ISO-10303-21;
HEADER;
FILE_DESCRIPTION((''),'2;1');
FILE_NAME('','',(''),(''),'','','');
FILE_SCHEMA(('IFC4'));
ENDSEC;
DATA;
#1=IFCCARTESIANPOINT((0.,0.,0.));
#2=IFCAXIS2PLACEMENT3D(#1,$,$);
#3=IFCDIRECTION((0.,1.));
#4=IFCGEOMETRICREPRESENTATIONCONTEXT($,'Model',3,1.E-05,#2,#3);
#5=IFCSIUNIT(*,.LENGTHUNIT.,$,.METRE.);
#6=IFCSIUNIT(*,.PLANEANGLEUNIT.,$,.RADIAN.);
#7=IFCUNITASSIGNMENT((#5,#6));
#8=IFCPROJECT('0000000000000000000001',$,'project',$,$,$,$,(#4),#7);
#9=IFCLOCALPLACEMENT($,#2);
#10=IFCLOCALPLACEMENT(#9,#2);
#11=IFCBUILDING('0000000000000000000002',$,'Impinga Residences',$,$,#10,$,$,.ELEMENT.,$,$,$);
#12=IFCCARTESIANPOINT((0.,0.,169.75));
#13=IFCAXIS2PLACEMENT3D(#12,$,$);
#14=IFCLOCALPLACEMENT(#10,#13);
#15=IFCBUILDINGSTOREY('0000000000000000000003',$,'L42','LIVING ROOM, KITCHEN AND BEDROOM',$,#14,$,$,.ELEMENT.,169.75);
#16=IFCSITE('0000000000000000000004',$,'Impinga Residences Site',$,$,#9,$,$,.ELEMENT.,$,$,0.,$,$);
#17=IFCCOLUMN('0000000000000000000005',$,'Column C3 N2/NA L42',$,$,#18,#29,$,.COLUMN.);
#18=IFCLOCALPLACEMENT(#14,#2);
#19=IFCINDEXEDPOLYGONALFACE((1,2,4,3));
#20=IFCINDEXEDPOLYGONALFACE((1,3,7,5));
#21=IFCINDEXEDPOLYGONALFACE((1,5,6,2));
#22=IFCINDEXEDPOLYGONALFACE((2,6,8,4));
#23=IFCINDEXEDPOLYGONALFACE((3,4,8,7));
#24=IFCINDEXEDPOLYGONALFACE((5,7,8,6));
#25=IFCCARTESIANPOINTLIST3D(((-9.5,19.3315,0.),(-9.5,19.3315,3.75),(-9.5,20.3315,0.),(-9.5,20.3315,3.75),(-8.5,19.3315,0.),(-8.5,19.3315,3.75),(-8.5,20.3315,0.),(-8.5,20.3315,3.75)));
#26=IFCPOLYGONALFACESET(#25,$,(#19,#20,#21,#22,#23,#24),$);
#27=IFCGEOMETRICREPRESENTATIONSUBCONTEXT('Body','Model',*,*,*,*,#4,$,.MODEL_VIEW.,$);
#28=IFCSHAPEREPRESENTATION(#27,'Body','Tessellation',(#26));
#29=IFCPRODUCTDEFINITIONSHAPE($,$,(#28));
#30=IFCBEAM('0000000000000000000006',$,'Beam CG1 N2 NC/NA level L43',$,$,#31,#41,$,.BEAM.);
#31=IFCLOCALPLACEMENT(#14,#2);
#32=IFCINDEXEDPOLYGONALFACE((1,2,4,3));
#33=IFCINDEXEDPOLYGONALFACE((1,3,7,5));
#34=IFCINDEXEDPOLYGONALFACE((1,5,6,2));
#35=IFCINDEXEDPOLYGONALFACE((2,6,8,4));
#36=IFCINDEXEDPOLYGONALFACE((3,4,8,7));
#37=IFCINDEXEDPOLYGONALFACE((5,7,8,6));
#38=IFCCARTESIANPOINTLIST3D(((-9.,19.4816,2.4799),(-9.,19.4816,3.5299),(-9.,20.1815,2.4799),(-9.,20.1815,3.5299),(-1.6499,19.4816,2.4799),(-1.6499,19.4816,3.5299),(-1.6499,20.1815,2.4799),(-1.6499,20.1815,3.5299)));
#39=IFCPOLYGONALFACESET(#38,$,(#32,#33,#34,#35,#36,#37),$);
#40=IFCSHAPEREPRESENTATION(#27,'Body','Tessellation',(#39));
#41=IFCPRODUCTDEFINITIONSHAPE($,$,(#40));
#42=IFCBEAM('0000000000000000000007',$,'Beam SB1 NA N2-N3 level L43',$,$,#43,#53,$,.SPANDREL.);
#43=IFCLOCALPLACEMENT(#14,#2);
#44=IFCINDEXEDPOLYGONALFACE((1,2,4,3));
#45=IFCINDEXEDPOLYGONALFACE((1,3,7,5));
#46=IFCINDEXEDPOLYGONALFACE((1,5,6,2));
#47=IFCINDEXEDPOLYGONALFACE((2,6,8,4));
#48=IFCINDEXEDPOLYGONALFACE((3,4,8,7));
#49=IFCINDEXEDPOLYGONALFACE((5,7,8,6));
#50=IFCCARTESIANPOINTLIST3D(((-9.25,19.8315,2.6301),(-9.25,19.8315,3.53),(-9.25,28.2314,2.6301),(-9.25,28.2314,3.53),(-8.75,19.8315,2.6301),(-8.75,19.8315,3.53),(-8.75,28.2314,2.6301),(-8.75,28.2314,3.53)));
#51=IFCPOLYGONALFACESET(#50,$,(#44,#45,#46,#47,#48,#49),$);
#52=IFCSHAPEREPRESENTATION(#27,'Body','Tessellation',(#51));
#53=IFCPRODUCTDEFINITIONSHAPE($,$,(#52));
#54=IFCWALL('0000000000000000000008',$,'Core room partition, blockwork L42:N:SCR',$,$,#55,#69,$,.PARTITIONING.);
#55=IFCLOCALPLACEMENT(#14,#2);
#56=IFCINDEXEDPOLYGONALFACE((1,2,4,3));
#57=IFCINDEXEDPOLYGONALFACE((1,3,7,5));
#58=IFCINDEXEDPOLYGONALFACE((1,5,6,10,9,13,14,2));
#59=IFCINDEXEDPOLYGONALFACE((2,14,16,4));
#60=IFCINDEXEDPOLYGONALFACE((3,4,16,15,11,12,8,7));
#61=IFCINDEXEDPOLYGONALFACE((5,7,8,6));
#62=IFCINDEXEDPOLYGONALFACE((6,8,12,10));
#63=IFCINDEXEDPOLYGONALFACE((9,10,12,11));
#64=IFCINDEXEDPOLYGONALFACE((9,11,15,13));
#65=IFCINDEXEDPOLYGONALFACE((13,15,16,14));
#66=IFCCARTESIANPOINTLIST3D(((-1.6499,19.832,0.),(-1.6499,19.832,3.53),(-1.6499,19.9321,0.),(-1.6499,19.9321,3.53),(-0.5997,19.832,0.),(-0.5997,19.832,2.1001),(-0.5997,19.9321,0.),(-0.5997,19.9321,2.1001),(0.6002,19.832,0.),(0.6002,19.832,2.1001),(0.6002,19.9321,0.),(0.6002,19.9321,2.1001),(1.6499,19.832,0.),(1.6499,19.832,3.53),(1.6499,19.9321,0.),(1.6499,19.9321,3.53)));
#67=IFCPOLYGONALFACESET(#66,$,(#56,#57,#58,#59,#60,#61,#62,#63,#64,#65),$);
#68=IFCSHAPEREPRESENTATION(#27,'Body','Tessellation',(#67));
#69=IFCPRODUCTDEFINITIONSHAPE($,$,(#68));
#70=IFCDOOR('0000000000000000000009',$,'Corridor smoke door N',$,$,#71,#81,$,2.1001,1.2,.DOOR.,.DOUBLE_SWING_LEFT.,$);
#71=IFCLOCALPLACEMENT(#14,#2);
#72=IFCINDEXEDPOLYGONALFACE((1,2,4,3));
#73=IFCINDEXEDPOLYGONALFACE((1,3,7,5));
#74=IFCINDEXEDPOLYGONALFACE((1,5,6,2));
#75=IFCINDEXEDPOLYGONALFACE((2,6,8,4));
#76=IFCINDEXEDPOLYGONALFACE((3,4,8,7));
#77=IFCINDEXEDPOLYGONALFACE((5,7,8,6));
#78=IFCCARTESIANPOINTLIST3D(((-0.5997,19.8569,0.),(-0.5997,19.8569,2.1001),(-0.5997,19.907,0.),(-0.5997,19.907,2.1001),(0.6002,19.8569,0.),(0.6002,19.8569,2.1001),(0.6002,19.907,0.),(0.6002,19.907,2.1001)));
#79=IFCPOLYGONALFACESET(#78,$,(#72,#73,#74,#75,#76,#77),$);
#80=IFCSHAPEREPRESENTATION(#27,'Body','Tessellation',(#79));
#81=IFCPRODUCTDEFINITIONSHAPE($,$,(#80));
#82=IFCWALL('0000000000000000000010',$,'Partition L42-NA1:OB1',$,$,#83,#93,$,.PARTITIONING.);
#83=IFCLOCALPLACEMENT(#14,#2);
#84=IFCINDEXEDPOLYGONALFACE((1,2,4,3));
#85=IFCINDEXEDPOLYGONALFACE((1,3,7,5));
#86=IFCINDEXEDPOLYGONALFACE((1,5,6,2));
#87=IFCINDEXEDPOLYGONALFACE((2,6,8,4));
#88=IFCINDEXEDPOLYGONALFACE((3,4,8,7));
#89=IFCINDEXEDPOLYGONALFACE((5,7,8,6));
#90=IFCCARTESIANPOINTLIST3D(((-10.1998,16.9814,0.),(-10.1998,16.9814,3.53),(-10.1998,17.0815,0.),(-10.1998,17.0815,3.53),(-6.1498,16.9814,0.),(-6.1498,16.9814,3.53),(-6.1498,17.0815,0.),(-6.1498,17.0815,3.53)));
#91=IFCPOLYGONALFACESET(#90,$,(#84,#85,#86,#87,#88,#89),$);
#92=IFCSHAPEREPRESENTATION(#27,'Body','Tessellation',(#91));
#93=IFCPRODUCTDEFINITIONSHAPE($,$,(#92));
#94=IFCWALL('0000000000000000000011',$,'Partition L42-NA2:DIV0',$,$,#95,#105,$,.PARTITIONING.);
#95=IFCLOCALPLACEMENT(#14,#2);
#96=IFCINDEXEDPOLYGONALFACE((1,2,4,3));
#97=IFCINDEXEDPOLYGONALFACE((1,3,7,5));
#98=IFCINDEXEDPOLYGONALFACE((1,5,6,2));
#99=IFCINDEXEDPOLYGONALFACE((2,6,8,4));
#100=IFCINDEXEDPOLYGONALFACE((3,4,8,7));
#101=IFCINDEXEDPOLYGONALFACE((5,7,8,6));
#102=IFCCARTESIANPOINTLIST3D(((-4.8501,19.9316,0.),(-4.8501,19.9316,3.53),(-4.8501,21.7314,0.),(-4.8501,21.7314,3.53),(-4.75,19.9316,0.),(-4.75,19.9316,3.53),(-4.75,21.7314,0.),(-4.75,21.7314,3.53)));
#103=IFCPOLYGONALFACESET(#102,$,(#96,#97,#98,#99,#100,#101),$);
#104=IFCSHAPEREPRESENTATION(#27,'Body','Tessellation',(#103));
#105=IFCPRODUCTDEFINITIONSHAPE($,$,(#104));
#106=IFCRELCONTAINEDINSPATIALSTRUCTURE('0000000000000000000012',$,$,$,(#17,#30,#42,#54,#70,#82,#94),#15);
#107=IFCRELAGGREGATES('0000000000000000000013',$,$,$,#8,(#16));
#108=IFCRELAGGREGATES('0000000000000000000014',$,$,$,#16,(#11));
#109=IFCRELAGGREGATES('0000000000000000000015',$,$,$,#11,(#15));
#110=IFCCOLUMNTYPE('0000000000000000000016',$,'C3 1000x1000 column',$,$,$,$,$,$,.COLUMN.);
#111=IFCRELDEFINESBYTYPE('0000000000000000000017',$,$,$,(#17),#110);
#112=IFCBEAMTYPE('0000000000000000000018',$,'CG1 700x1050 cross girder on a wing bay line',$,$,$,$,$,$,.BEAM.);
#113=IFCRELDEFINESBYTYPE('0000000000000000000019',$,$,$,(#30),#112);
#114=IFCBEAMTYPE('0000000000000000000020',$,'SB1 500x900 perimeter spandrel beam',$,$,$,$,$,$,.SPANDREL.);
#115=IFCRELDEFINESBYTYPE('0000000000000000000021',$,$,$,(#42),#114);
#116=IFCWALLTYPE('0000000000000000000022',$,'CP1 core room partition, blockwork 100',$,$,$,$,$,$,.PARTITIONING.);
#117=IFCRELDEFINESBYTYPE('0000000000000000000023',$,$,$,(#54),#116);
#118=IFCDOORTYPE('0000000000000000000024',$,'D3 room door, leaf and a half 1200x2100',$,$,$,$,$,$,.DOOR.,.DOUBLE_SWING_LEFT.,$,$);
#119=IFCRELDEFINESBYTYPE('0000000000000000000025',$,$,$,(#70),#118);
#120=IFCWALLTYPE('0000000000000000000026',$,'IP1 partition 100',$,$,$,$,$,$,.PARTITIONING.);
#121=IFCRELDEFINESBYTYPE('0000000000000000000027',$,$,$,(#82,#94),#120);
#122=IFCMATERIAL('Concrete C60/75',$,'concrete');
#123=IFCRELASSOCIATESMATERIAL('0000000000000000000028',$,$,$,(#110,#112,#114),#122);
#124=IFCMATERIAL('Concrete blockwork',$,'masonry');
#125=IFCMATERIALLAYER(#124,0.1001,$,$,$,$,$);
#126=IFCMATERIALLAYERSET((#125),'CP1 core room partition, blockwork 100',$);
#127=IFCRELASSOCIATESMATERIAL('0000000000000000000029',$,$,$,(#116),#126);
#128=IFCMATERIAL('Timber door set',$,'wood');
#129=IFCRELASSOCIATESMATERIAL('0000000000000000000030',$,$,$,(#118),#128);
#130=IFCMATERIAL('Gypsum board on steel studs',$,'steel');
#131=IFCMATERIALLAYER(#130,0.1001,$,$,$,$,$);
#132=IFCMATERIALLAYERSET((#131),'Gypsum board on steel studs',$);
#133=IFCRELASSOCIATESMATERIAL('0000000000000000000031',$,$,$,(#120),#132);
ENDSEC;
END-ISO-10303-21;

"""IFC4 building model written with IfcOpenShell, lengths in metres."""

from ifc_helpers import new_model, si_unit, direction, frame, frame_2d, origin, origin_2d, place, context, subcontext, project, spatial, rectangle, extrude, material, layer, layer_set, material_profile, profile_set, type_object, element, fill, save


model = new_model("IFC4")

# Units and contexts
model_context = context("Model", 3, precision=1e-05, world=origin(), true_north=direction((0.0, 1.0)))
body_context = subcontext(model_context, "Body", "Model", "MODEL_VIEW")
ifc_project = project(units=[si_unit("LENGTHUNIT", "METRE"), si_unit("PLANEANGLEUNIT", "RADIAN")], contexts=[model_context])

# Site, building, storey
site_placement = place(None, origin())
site = spatial("IfcSite", under=ifc_project, at=site_placement, Name="Impinga Residences Site", CompositionType="ELEMENT", RefElevation=0.0)
building_placement = place(site_placement, origin())
building = spatial("IfcBuilding", under=site, at=building_placement, Name="Impinga Residences", CompositionType="ELEMENT")
storey_placement = place(building_placement, frame((0.0, 0.0, 169.75)))
storey = spatial("IfcBuildingStorey", under=building, at=storey_placement, Name="L42", Description="LIVING ROOM, KITCHEN AND BEDROOM", CompositionType="ELEMENT", Elevation=169.75)

# Column
ifc_material_1 = material(Name="Concrete C60/75", Category="concrete")
ifc_material_profile_1 = material_profile(ifc_material_1, rectangle(XDim=1.0, YDim=1.0, at=origin_2d()), Name="RC 1000x1000")
ifc_profile_set_1 = profile_set([ifc_material_profile_1], Name="Concrete C60/75")
column_type = type_object("IfcColumnType", Name="C3 1000x1000 column", PredefinedType="COLUMN", material=ifc_profile_set_1)
column_placement = place(storey_placement, frame((-9.0, 19.8315, 0.0), z_axis=(0.0, 0.0, 1.0), x_axis=(1.0, 0.0, 0.0)))
element("IfcColumn", 1, at=column_placement, inside=storey, type_object=column_type, Name="Column C3 N2/NA L42", PredefinedType="COLUMN", context=body_context, shape_type="SweptSolid", body=[
    extrude(rectangle(XDim=1.0, YDim=1.0, at=origin_2d()), origin(), (0.0, 0.0, 1.0), 3.75),
])

# Beams
ifc_material_profile_2 = material_profile(ifc_material_1, rectangle(XDim=0.7, YDim=1.05, at=origin_2d()), Name="RC 700x1050")
ifc_profile_set_2 = profile_set([ifc_material_profile_2], Name="Concrete C60/75")
beam_type_1 = type_object("IfcBeamType", Name="CG1 700x1050 cross girder on a wing bay line", PredefinedType="BEAM", material=ifc_profile_set_2)
beam_1_placement = place(storey_placement, frame((-1.6499, 19.8315, 3.0049), z_axis=(-1.0, 0.0, 0.0), x_axis=(0.0, -1.0, 0.0)))
element("IfcBeam", 2, at=beam_1_placement, inside=storey, type_object=beam_type_1, Name="Beam CG1 N2 NC/NA level L43", PredefinedType="BEAM", context=body_context, shape_type="SweptSolid", body=[
    extrude(rectangle(XDim=0.7, YDim=1.05, at=origin_2d()), origin(), (0.0, 0.0, 1.0), 7.3501),
])
ifc_material_profile_3 = material_profile(ifc_material_1, rectangle(XDim=0.5, YDim=0.8999, at=origin_2d()), Name="RC 500x900")
ifc_profile_set_3 = profile_set([ifc_material_profile_3], Name="Concrete C60/75")
beam_type_2 = type_object("IfcBeamType", Name="SB1 500x900 perimeter spandrel beam", PredefinedType="SPANDREL", material=ifc_profile_set_3)
beam_2_placement = place(storey_placement, frame((-9.0, 19.8315, 3.0801), z_axis=(0.0, 1.0, 0.0), x_axis=(-1.0, 0.0, 0.0)))
element("IfcBeam", 3, at=beam_2_placement, inside=storey, type_object=beam_type_2, Name="Beam SB1 NA N2-N3 level L43", PredefinedType="SPANDREL", context=body_context, shape_type="SweptSolid", body=[
    extrude(rectangle(XDim=0.5, YDim=0.8999, at=origin_2d()), origin(), (0.0, 0.0, 1.0), 8.3999),
])

# Wall, opening, door
ifc_material_2 = material(Name="Concrete blockwork", Category="masonry")
ifc_layer_1 = layer(ifc_material_2, 0.1001)
ifc_layer_set_1 = layer_set([ifc_layer_1], Name="CP1 core room partition, blockwork 100")
wall_type_1 = type_object("IfcWallType", Name="CP1 core room partition, blockwork 100", PredefinedType="PARTITIONING", material=ifc_layer_set_1)
wall_1_placement = place(storey_placement, frame((-1.6499, 19.8821, 0.0), z_axis=(0.0, 0.0, 1.0), x_axis=(1.0, 0.0, 0.0)))
wall_1 = element("IfcWall", 4, at=wall_1_placement, inside=storey, type_object=wall_type_1, Name="Core room partition, blockwork L42:N:SCR", PredefinedType="PARTITIONING", context=body_context, shape_type="SweptSolid", body=[
    extrude(rectangle(XDim=3.2998, YDim=0.1001, at=frame_2d((1.6499, 0.0))), origin(), (0.0, 0.0, 1.0), 3.53),
])
opening_1_placement = place(wall_1_placement, frame((1.05, 0.0, 0.0)))
opening_1 = element("IfcOpeningElement", 5, at=opening_1_placement, cuts=wall_1, PredefinedType="OPENING", context=body_context, shape_type="SweptSolid", body=[
    extrude(rectangle(XDim=1.2, YDim=2.1001, at=frame_2d((0.6001, 1.05))), frame((0.0, 0.0601, 0.0), z_axis=(0.0, -1.0, 0.0), x_axis=(1.0, 0.0, 0.0)), (0.0, 0.0, 1.0), 0.1201),
])
ifc_material_3 = material(Name="Timber door set", Category="wood")
door_type_1 = type_object("IfcDoorType", Name="D3 room door, leaf and a half 1200x2100", OperationType="DOUBLE_SWING_LEFT", PredefinedType="DOOR", material=ifc_material_3)
door_1_placement = place(opening_1_placement, origin())
door_1 = element("IfcDoor", 6, at=door_1_placement, inside=storey, type_object=door_type_1, Name="Corridor smoke door N", OperationType="DOUBLE_SWING_LEFT", OverallHeight=2.1001, OverallWidth=1.2, PredefinedType="DOOR", context=body_context, shape_type="SweptSolid", body=[
    extrude(rectangle(XDim=1.2, YDim=2.1001, at=frame_2d((0.6001, 1.05))), frame((0.0, 0.0249, 0.0), z_axis=(0.0, -1.0, 0.0), x_axis=(1.0, 0.0, 0.0)), (0.0, 0.0, 1.0), 0.05),
])
fill(opening_1, door_1)

# Walls
ifc_material_4 = material(Name="Gypsum board on steel studs", Category="steel")
ifc_layer_2 = layer(ifc_material_4, 0.1001)
ifc_layer_set_2 = layer_set([ifc_layer_2], Name="Gypsum board on steel studs")
wall_type_2 = type_object("IfcWallType", Name="IP1 partition 100", PredefinedType="PARTITIONING", material=ifc_layer_set_2)
wall_2_placement = place(storey_placement, frame((-6.1499, 17.0315, 0.0), z_axis=(0.0, 0.0, 1.0), x_axis=(-1.0, 0.0, 0.0)))
element("IfcWall", 7, at=wall_2_placement, inside=storey, type_object=wall_type_2, Name="Partition L42-NA1:OB1", PredefinedType="PARTITIONING", context=body_context, shape_type="SweptSolid", body=[
    extrude(rectangle(XDim=4.05, YDim=0.1001, at=frame_2d((2.0249, 0.0))), origin(), (0.0, 0.0, 1.0), 3.53),
])
wall_3_placement = place(storey_placement, frame((-4.8, 19.9316, 0.0), z_axis=(0.0, 0.0, 1.0), x_axis=(0.0, 1.0, 0.0)))
element("IfcWall", 8, at=wall_3_placement, inside=storey, type_object=wall_type_2, Name="Partition L42-NA2:DIV0", PredefinedType="PARTITIONING", context=body_context, shape_type="SweptSolid", body=[
    extrude(rectangle(XDim=1.7998, YDim=0.1001, at=frame_2d((0.8999, 0.0))), origin(), (0.0, 0.0, 1.0), 3.53),
])

save(model, "model.ifc")
